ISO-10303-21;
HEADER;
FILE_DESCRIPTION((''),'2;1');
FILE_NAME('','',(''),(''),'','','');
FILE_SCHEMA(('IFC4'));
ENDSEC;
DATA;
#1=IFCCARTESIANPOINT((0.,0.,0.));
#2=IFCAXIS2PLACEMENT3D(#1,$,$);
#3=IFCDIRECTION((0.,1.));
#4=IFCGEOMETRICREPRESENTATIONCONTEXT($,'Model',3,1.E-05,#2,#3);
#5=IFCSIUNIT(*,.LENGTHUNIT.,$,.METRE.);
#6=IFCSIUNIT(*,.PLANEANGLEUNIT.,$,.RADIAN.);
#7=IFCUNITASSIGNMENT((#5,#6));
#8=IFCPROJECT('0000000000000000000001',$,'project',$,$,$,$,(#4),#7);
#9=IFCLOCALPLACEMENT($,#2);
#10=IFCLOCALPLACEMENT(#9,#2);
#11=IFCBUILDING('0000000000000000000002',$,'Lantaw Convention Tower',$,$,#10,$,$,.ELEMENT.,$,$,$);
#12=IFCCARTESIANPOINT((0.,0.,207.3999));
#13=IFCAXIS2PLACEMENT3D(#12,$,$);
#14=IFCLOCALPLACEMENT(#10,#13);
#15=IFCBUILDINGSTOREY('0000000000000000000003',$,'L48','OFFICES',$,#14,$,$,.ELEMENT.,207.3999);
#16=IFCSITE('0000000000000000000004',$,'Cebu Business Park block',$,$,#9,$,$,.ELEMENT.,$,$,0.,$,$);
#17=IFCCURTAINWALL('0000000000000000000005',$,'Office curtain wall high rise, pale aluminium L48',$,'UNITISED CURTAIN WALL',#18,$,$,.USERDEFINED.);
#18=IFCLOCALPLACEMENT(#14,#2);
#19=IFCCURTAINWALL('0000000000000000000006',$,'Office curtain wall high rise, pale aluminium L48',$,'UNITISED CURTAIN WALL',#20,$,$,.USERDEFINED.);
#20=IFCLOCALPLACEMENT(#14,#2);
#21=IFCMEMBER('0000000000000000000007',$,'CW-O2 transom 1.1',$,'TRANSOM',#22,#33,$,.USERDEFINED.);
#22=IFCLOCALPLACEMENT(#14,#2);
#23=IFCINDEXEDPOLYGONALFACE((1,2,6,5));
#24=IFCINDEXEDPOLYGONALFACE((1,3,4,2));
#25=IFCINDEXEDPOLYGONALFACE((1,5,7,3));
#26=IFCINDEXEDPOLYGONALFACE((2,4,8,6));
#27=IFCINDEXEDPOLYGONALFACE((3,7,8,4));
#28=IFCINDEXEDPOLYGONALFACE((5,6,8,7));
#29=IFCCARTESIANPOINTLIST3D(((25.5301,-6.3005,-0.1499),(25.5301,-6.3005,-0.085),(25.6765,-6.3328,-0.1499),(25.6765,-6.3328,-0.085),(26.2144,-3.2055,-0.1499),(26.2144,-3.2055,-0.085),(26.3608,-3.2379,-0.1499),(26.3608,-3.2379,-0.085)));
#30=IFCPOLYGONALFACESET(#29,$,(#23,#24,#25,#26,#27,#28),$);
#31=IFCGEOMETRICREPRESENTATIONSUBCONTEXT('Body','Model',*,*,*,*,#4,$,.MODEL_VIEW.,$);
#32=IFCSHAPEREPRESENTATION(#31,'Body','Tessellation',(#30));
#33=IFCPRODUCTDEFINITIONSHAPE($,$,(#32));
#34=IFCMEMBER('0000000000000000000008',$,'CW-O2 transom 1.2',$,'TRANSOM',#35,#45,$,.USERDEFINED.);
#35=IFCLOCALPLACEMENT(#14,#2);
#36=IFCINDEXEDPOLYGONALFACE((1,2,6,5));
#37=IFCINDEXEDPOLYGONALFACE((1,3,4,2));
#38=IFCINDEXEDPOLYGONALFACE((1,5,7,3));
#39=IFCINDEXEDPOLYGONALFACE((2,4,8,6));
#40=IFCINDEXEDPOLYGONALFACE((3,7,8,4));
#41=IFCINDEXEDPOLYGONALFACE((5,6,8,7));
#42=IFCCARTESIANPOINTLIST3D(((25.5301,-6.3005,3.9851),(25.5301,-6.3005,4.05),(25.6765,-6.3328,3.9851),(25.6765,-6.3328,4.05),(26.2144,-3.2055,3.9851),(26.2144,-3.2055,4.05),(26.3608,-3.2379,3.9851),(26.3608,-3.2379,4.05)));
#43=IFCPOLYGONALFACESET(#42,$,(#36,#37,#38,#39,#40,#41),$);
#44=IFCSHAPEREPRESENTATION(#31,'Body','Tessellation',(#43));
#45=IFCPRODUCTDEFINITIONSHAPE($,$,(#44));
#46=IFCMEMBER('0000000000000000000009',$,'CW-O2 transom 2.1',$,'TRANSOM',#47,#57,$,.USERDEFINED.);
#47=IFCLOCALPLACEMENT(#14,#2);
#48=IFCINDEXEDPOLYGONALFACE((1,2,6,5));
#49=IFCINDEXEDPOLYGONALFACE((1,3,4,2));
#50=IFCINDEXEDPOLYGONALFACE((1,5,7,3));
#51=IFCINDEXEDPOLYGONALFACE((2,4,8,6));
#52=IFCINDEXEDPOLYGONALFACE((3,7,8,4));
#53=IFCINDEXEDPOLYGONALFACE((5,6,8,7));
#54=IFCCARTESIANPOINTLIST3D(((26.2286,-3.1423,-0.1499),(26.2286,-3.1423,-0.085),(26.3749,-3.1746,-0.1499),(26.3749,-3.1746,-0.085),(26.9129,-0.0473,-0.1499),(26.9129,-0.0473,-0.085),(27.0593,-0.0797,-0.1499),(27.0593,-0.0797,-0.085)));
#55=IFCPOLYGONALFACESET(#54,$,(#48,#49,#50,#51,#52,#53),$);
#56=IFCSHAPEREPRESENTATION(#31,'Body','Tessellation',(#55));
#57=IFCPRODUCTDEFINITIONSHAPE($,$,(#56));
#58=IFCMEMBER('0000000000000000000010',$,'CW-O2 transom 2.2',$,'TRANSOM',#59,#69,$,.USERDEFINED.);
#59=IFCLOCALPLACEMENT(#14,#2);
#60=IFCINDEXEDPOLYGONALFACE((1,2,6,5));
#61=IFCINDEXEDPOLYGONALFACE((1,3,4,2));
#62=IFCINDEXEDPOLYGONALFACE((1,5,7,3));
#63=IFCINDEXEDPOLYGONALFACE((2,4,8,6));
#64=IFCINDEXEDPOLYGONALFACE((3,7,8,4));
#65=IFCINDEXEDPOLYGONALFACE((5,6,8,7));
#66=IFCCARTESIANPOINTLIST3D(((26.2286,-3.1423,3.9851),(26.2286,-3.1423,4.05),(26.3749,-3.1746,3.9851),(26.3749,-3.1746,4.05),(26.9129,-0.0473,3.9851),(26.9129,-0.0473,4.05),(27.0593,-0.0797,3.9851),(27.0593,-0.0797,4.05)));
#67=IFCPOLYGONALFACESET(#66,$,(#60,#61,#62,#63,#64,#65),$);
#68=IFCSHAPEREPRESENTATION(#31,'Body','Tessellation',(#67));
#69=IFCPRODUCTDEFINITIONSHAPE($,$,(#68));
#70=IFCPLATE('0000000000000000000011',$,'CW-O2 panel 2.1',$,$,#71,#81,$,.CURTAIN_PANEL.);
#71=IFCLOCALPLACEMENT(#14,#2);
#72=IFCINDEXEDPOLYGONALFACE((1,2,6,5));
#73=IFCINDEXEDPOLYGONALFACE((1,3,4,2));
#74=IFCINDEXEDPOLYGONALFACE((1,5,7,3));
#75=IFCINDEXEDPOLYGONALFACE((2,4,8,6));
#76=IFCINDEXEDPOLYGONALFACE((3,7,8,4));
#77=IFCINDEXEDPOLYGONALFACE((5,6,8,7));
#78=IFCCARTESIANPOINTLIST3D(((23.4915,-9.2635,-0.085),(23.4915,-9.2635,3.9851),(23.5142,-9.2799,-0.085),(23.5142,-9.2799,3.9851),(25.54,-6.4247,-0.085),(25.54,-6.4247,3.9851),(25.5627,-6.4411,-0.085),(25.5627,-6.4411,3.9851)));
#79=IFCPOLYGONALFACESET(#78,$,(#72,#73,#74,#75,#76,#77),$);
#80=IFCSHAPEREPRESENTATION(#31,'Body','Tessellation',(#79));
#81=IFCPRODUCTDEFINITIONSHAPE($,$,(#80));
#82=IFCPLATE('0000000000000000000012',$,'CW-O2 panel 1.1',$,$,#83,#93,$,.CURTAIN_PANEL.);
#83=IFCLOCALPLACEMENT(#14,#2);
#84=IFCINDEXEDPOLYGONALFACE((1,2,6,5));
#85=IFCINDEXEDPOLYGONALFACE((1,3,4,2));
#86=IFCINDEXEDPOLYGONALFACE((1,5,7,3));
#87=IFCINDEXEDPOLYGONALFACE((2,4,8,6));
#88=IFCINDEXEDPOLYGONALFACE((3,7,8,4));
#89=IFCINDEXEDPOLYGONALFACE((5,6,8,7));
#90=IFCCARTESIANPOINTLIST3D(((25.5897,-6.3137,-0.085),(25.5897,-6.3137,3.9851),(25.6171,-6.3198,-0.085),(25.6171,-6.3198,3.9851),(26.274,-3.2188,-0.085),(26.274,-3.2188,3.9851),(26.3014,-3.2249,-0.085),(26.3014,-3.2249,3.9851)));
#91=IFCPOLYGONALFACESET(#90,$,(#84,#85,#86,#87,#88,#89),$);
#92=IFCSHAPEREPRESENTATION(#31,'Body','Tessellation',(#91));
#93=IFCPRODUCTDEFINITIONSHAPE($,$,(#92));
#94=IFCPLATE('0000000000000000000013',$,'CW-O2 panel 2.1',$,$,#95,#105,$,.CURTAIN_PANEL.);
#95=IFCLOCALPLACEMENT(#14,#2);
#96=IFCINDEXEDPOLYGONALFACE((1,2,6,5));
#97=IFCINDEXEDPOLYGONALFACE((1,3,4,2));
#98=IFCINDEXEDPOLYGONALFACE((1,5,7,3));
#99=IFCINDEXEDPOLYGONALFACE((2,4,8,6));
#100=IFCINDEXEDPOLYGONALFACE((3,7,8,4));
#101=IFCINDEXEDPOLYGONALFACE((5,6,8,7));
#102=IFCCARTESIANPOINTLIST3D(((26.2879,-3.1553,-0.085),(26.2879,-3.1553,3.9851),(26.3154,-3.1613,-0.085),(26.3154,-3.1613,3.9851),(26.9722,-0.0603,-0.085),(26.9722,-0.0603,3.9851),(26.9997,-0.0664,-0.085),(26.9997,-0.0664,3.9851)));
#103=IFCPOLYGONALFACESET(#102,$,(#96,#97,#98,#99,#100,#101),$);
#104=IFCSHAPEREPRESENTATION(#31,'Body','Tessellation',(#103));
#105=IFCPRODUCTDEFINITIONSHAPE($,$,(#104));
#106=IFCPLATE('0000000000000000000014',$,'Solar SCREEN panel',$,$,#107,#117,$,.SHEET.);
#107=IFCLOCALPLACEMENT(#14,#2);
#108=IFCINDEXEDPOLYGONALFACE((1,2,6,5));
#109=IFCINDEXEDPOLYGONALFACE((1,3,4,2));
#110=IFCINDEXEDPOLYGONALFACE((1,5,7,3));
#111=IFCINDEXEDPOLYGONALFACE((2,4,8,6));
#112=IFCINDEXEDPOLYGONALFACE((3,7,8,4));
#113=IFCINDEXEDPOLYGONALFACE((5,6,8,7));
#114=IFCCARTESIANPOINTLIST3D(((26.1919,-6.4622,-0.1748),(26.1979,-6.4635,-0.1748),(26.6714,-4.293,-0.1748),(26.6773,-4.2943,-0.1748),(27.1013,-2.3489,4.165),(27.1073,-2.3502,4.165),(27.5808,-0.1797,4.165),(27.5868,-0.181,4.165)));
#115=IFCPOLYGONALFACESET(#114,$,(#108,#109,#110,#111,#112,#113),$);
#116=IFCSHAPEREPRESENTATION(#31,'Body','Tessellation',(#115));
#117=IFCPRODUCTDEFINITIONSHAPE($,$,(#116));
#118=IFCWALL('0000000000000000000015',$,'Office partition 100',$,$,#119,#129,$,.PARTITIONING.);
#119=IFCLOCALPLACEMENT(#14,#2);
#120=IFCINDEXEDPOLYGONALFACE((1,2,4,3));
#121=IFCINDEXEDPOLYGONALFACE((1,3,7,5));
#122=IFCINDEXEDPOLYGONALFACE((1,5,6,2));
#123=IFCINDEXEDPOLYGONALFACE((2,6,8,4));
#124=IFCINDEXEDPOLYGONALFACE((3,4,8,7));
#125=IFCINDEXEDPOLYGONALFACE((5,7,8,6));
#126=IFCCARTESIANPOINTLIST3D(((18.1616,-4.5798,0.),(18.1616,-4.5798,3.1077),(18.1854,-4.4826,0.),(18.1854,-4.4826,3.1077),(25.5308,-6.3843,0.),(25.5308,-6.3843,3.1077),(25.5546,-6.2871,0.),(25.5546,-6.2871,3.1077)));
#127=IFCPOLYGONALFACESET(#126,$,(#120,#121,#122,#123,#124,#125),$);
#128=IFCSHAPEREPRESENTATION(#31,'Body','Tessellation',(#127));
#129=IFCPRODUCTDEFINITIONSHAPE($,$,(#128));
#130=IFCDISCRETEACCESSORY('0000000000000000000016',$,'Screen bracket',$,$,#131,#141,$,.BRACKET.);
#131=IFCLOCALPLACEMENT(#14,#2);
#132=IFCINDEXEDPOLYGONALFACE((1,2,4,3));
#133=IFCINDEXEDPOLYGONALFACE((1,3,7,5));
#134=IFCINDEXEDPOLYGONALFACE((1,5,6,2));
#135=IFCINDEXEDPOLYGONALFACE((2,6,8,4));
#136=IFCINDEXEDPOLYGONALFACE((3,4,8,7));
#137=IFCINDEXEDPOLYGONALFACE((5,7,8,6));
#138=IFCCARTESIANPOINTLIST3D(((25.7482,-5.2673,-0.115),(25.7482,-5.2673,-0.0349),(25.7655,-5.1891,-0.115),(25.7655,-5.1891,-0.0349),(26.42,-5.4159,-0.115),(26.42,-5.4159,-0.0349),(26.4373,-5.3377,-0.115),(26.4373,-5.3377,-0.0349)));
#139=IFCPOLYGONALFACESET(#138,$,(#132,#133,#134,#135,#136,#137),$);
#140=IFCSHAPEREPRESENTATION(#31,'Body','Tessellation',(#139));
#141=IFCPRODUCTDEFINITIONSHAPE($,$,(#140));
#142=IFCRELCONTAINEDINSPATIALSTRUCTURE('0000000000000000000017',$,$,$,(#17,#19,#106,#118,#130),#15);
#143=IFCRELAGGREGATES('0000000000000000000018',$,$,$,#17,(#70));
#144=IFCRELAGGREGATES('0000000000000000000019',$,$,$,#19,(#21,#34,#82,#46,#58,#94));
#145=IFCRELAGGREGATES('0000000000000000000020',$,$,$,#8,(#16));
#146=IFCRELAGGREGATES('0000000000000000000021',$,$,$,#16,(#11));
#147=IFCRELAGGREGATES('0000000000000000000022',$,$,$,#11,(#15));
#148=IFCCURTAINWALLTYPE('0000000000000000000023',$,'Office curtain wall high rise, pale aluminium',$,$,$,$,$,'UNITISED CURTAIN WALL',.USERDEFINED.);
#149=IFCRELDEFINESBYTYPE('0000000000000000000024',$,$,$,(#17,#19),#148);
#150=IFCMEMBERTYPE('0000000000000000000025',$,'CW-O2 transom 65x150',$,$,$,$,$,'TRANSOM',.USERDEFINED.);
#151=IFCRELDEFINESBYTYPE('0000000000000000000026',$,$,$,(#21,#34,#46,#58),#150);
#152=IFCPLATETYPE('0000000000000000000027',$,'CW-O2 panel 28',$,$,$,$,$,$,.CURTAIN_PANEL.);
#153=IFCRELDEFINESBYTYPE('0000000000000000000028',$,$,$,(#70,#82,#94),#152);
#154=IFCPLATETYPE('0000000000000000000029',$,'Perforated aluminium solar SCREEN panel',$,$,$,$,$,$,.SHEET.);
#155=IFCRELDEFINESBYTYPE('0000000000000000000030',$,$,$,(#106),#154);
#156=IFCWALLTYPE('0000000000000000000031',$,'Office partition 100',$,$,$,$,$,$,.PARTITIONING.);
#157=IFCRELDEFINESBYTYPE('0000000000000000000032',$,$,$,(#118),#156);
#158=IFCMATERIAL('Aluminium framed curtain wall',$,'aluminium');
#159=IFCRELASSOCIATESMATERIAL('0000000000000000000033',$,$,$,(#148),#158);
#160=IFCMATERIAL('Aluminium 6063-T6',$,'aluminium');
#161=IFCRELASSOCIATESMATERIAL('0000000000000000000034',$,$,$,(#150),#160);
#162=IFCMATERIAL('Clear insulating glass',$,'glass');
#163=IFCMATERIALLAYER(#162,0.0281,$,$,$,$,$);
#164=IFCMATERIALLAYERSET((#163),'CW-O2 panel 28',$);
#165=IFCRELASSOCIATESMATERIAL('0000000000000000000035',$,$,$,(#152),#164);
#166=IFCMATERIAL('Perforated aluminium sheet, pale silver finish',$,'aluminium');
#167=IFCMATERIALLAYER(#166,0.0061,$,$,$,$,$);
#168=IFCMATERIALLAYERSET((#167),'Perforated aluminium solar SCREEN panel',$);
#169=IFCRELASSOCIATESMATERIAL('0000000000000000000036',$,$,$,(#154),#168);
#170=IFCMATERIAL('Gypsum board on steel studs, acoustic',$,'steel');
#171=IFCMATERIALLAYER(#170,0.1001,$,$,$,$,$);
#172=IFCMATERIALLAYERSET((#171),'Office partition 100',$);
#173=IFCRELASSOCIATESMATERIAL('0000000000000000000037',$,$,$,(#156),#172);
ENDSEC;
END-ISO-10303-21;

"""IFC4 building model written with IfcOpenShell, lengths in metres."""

from ifc_helpers import new_model, si_unit, direction, frame, frame_2d, origin, origin_2d, place, context, subcontext, project, spatial, polyline, rectangle, outline, extrude, material, layer, layer_set, material_profile, profile_set, type_object, element, aggregate, save


model = new_model("IFC4")

# Units and contexts
model_context = context("Model", 3, precision=1e-05, world=origin(), true_north=direction((0.0, 1.0)))
body_context = subcontext(model_context, "Body", "Model", "MODEL_VIEW")
ifc_project = project(units=[si_unit("LENGTHUNIT", "METRE"), si_unit("PLANEANGLEUNIT", "RADIAN")], contexts=[model_context])

# Site, building, storey
site_placement = place(None, origin())
site = spatial("IfcSite", under=ifc_project, at=site_placement, Name="Cebu Business Park block", CompositionType="ELEMENT", RefElevation=0.0)
building_placement = place(site_placement, origin())
building = spatial("IfcBuilding", under=site, at=building_placement, Name="Lantaw Convention Tower", CompositionType="ELEMENT")
storey_placement = place(building_placement, frame((0.0, 0.0, 207.3999)))
storey = spatial("IfcBuildingStorey", under=building, at=storey_placement, Name="L48", Description="OFFICES", CompositionType="ELEMENT", Elevation=207.3999)

# Curtain wall
ifc_material_1 = material(Name="Aluminium framed curtain wall", Category="aluminium")
curtain_wall_type = type_object("IfcCurtainWallType", Name="Office curtain wall high rise, pale aluminium", ElementType="UNITISED CURTAIN WALL", PredefinedType="USERDEFINED", material=ifc_material_1)
curtain_wall_1_placement = place(storey_placement, origin())
curtain_wall_1 = element("IfcCurtainWall", 1, at=curtain_wall_1_placement, inside=storey, type_object=curtain_wall_type, Name="Office curtain wall high rise, pale aluminium L48", ObjectType="UNITISED CURTAIN WALL", PredefinedType="USERDEFINED")
ifc_material_2 = material(Name="Aluminium 6063-T6", Category="aluminium")

# Curtain wall
curtain_wall_2_placement = place(storey_placement, origin())
curtain_wall_2 = element("IfcCurtainWall", 2, at=curtain_wall_2_placement, inside=storey, type_object=curtain_wall_type, Name="Office curtain wall high rise, pale aluminium L48", ObjectType="UNITISED CURTAIN WALL", PredefinedType="USERDEFINED")

# Members
ifc_material_profile_1 = material_profile(ifc_material_2, rectangle(XDim=0.1499, YDim=0.0649, at=origin_2d()), Name="CW-O2 transom 65x150")
ifc_profile_set_1 = profile_set([ifc_material_profile_1], Name="Aluminium 6063-T6")
member_type_1 = type_object("IfcMemberType", Name="CW-O2 transom 65x150", ElementType="TRANSOM", PredefinedType="USERDEFINED", material=ifc_profile_set_1)
member_1_placement = place(storey_placement, frame((25.6033, -6.3167, -0.1174), z_axis=(0.215895, 0.976417, 0.0), x_axis=(-0.976417, 0.215895, 0.0)))
member_1 = element("IfcMember", 3, at=member_1_placement, type_object=member_type_1, Name="CW-O2 transom 1.1", ObjectType="TRANSOM", PredefinedType="USERDEFINED", context=body_context, shape_type="SweptSolid", body=[
    extrude(rectangle(XDim=0.1499, YDim=0.0649, at=origin_2d()), origin(), (0.0, 0.0, 1.0), 3.1697),
])
member_2_placement = place(storey_placement, frame((25.6033, -6.3167, 4.0176), z_axis=(0.215895, 0.976417, 0.0), x_axis=(-0.976417, 0.215895, 0.0)))
member_2 = element("IfcMember", 4, at=member_2_placement, type_object=member_type_1, Name="CW-O2 transom 1.2", ObjectType="TRANSOM", PredefinedType="USERDEFINED", context=body_context, shape_type="SweptSolid", body=[
    extrude(rectangle(XDim=0.1499, YDim=0.0649, at=origin_2d()), origin(), (0.0, 0.0, 1.0), 3.1697),
])
member_3_placement = place(storey_placement, frame((26.3018, -3.1584, -0.1174), z_axis=(0.215895, 0.976417, 0.0), x_axis=(-0.976417, 0.215895, 0.0)))
member_3 = element("IfcMember", 5, at=member_3_placement, type_object=member_type_1, Name="CW-O2 transom 2.1", ObjectType="TRANSOM", PredefinedType="USERDEFINED", context=body_context, shape_type="SweptSolid", body=[
    extrude(rectangle(XDim=0.1499, YDim=0.0649, at=origin_2d()), origin(), (0.0, 0.0, 1.0), 3.1697),
])
member_4_placement = place(storey_placement, frame((26.3018, -3.1584, 4.0176), z_axis=(0.215895, 0.976417, 0.0), x_axis=(-0.976417, 0.215895, 0.0)))
member_4 = element("IfcMember", 6, at=member_4_placement, type_object=member_type_1, Name="CW-O2 transom 2.2", ObjectType="TRANSOM", PredefinedType="USERDEFINED", context=body_context, shape_type="SweptSolid", body=[
    extrude(rectangle(XDim=0.1499, YDim=0.0649, at=origin_2d()), origin(), (0.0, 0.0, 1.0), 3.1697),
])

# Plates
ifc_material_3 = material(Name="Clear insulating glass", Category="glass")
ifc_layer_1 = layer(ifc_material_3, 0.0281)
ifc_layer_set_1 = layer_set([ifc_layer_1], Name="CW-O2 panel 28")
plate_type_1 = type_object("IfcPlateType", Name="CW-O2 panel 28", PredefinedType="CURTAIN_PANEL", material=ifc_layer_set_1)
plate_1_placement = place(storey_placement, frame((24.5271, -7.8523, -0.085), z_axis=(0.0, 0.0, 1.0), x_axis=(0.585158, 0.81092, 0.0)))
plate_1 = element("IfcPlate", 7, at=plate_1_placement, type_object=plate_type_1, Name="CW-O2 panel 2.1", PredefinedType="CURTAIN_PANEL", context=body_context, shape_type="SweptSolid", body=[
    extrude(rectangle(XDim=3.5007, YDim=0.0281, at=origin_2d()), origin(), (0.0, 0.0, 1.0), 4.0701),
])
aggregate(curtain_wall_1, [plate_1])
plate_2_placement = place(storey_placement, frame((25.9456, -4.7693, -0.085), z_axis=(0.0, 0.0, 1.0), x_axis=(0.215891, 0.976417, 0.0)))
plate_2 = element("IfcPlate", 8, at=plate_2_placement, type_object=plate_type_1, Name="CW-O2 panel 1.1", PredefinedType="CURTAIN_PANEL", context=body_context, shape_type="SweptSolid", body=[
    extrude(rectangle(XDim=3.1697, YDim=0.0281, at=origin_2d()), origin(), (0.0, 0.0, 1.0), 4.0701),
])
plate_3_placement = place(storey_placement, frame((26.6438, -1.6108, -0.085), z_axis=(0.0, 0.0, 1.0), x_axis=(0.215891, 0.976417, 0.0)))
plate_3 = element("IfcPlate", 9, at=plate_3_placement, type_object=plate_type_1, Name="CW-O2 panel 2.1", PredefinedType="CURTAIN_PANEL", context=body_context, shape_type="SweptSolid", body=[
    extrude(rectangle(XDim=3.1697, YDim=0.0281, at=origin_2d()), origin(), (0.0, 0.0, 1.0), 4.0701),
])
aggregate(curtain_wall_2, [member_1, member_2, plate_2, member_3, member_4, plate_3])
ifc_material_4 = material(Name="Perforated aluminium sheet, pale silver finish", Category="aluminium")
ifc_layer_2 = layer(ifc_material_4, 0.0061)
ifc_layer_set_2 = layer_set([ifc_layer_2], Name="Perforated aluminium solar SCREEN panel")
plate_type_2 = type_object("IfcPlateType", Name="Perforated aluminium solar SCREEN panel", PredefinedType="SHEET", material=ifc_layer_set_2)
plate_4_placement = place(storey_placement, frame((26.1919, -6.4622, -0.1748), z_axis=(-0.97643, 0.215837, 0.000044), x_axis=(0.215837, 0.97643, 0.0)))
element("IfcPlate", 10, at=plate_4_placement, inside=storey, type_object=plate_type_2, Name="Solar SCREEN panel", PredefinedType="SHEET", context=body_context, shape_type="SweptSolid", body=[
    extrude(outline(polyline([(0.0, 0.0), (2.2216, 0.0), (6.4342, -4.3398), (4.2126, -4.3398), (0.0, 0.0)])), origin(), (0.0, 0.0, -1.0), 0.0061),
])

# Wall
ifc_material_5 = material(Name="Gypsum board on steel studs, acoustic", Category="steel")
ifc_layer_3 = layer(ifc_material_5, 0.1001)
ifc_layer_set_3 = layer_set([ifc_layer_3], Name="Office partition 100")
wall_type = type_object("IfcWallType", Name="Office partition 100", PredefinedType="PARTITIONING", material=ifc_layer_set_3)
wall_placement = place(storey_placement, frame((25.5427, -6.3357, 0.0), z_axis=(0.0, 0.0, 1.0), x_axis=(-0.971305, 0.237838, 0.0)))
element("IfcWall", 11, at=wall_placement, inside=storey, type_object=wall_type, Name="Office partition 100", PredefinedType="PARTITIONING", context=body_context, shape_type="SweptSolid", body=[
    extrude(rectangle(XDim=7.5869, YDim=0.1001, at=frame_2d((3.7935, 0.0))), origin(), (0.0, 0.0, 1.0), 3.1077),
])

# Discrete accessory
discrete_accessory_placement = place(storey_placement, frame((26.0928, -5.3025, -0.115), z_axis=(0.0, 0.0, 1.0), x_axis=(0.215891, 0.976417, 0.0)))
element("IfcDiscreteAccessory", 12, at=discrete_accessory_placement, inside=storey, Name="Screen bracket", PredefinedType="BRACKET", context=body_context, shape_type="SweptSolid", body=[
    extrude(rectangle(XDim=0.0801, YDim=0.688, at=origin_2d()), origin(), (0.0, 0.0, 1.0), 0.0801),
])

save(model, "model.ifc")
